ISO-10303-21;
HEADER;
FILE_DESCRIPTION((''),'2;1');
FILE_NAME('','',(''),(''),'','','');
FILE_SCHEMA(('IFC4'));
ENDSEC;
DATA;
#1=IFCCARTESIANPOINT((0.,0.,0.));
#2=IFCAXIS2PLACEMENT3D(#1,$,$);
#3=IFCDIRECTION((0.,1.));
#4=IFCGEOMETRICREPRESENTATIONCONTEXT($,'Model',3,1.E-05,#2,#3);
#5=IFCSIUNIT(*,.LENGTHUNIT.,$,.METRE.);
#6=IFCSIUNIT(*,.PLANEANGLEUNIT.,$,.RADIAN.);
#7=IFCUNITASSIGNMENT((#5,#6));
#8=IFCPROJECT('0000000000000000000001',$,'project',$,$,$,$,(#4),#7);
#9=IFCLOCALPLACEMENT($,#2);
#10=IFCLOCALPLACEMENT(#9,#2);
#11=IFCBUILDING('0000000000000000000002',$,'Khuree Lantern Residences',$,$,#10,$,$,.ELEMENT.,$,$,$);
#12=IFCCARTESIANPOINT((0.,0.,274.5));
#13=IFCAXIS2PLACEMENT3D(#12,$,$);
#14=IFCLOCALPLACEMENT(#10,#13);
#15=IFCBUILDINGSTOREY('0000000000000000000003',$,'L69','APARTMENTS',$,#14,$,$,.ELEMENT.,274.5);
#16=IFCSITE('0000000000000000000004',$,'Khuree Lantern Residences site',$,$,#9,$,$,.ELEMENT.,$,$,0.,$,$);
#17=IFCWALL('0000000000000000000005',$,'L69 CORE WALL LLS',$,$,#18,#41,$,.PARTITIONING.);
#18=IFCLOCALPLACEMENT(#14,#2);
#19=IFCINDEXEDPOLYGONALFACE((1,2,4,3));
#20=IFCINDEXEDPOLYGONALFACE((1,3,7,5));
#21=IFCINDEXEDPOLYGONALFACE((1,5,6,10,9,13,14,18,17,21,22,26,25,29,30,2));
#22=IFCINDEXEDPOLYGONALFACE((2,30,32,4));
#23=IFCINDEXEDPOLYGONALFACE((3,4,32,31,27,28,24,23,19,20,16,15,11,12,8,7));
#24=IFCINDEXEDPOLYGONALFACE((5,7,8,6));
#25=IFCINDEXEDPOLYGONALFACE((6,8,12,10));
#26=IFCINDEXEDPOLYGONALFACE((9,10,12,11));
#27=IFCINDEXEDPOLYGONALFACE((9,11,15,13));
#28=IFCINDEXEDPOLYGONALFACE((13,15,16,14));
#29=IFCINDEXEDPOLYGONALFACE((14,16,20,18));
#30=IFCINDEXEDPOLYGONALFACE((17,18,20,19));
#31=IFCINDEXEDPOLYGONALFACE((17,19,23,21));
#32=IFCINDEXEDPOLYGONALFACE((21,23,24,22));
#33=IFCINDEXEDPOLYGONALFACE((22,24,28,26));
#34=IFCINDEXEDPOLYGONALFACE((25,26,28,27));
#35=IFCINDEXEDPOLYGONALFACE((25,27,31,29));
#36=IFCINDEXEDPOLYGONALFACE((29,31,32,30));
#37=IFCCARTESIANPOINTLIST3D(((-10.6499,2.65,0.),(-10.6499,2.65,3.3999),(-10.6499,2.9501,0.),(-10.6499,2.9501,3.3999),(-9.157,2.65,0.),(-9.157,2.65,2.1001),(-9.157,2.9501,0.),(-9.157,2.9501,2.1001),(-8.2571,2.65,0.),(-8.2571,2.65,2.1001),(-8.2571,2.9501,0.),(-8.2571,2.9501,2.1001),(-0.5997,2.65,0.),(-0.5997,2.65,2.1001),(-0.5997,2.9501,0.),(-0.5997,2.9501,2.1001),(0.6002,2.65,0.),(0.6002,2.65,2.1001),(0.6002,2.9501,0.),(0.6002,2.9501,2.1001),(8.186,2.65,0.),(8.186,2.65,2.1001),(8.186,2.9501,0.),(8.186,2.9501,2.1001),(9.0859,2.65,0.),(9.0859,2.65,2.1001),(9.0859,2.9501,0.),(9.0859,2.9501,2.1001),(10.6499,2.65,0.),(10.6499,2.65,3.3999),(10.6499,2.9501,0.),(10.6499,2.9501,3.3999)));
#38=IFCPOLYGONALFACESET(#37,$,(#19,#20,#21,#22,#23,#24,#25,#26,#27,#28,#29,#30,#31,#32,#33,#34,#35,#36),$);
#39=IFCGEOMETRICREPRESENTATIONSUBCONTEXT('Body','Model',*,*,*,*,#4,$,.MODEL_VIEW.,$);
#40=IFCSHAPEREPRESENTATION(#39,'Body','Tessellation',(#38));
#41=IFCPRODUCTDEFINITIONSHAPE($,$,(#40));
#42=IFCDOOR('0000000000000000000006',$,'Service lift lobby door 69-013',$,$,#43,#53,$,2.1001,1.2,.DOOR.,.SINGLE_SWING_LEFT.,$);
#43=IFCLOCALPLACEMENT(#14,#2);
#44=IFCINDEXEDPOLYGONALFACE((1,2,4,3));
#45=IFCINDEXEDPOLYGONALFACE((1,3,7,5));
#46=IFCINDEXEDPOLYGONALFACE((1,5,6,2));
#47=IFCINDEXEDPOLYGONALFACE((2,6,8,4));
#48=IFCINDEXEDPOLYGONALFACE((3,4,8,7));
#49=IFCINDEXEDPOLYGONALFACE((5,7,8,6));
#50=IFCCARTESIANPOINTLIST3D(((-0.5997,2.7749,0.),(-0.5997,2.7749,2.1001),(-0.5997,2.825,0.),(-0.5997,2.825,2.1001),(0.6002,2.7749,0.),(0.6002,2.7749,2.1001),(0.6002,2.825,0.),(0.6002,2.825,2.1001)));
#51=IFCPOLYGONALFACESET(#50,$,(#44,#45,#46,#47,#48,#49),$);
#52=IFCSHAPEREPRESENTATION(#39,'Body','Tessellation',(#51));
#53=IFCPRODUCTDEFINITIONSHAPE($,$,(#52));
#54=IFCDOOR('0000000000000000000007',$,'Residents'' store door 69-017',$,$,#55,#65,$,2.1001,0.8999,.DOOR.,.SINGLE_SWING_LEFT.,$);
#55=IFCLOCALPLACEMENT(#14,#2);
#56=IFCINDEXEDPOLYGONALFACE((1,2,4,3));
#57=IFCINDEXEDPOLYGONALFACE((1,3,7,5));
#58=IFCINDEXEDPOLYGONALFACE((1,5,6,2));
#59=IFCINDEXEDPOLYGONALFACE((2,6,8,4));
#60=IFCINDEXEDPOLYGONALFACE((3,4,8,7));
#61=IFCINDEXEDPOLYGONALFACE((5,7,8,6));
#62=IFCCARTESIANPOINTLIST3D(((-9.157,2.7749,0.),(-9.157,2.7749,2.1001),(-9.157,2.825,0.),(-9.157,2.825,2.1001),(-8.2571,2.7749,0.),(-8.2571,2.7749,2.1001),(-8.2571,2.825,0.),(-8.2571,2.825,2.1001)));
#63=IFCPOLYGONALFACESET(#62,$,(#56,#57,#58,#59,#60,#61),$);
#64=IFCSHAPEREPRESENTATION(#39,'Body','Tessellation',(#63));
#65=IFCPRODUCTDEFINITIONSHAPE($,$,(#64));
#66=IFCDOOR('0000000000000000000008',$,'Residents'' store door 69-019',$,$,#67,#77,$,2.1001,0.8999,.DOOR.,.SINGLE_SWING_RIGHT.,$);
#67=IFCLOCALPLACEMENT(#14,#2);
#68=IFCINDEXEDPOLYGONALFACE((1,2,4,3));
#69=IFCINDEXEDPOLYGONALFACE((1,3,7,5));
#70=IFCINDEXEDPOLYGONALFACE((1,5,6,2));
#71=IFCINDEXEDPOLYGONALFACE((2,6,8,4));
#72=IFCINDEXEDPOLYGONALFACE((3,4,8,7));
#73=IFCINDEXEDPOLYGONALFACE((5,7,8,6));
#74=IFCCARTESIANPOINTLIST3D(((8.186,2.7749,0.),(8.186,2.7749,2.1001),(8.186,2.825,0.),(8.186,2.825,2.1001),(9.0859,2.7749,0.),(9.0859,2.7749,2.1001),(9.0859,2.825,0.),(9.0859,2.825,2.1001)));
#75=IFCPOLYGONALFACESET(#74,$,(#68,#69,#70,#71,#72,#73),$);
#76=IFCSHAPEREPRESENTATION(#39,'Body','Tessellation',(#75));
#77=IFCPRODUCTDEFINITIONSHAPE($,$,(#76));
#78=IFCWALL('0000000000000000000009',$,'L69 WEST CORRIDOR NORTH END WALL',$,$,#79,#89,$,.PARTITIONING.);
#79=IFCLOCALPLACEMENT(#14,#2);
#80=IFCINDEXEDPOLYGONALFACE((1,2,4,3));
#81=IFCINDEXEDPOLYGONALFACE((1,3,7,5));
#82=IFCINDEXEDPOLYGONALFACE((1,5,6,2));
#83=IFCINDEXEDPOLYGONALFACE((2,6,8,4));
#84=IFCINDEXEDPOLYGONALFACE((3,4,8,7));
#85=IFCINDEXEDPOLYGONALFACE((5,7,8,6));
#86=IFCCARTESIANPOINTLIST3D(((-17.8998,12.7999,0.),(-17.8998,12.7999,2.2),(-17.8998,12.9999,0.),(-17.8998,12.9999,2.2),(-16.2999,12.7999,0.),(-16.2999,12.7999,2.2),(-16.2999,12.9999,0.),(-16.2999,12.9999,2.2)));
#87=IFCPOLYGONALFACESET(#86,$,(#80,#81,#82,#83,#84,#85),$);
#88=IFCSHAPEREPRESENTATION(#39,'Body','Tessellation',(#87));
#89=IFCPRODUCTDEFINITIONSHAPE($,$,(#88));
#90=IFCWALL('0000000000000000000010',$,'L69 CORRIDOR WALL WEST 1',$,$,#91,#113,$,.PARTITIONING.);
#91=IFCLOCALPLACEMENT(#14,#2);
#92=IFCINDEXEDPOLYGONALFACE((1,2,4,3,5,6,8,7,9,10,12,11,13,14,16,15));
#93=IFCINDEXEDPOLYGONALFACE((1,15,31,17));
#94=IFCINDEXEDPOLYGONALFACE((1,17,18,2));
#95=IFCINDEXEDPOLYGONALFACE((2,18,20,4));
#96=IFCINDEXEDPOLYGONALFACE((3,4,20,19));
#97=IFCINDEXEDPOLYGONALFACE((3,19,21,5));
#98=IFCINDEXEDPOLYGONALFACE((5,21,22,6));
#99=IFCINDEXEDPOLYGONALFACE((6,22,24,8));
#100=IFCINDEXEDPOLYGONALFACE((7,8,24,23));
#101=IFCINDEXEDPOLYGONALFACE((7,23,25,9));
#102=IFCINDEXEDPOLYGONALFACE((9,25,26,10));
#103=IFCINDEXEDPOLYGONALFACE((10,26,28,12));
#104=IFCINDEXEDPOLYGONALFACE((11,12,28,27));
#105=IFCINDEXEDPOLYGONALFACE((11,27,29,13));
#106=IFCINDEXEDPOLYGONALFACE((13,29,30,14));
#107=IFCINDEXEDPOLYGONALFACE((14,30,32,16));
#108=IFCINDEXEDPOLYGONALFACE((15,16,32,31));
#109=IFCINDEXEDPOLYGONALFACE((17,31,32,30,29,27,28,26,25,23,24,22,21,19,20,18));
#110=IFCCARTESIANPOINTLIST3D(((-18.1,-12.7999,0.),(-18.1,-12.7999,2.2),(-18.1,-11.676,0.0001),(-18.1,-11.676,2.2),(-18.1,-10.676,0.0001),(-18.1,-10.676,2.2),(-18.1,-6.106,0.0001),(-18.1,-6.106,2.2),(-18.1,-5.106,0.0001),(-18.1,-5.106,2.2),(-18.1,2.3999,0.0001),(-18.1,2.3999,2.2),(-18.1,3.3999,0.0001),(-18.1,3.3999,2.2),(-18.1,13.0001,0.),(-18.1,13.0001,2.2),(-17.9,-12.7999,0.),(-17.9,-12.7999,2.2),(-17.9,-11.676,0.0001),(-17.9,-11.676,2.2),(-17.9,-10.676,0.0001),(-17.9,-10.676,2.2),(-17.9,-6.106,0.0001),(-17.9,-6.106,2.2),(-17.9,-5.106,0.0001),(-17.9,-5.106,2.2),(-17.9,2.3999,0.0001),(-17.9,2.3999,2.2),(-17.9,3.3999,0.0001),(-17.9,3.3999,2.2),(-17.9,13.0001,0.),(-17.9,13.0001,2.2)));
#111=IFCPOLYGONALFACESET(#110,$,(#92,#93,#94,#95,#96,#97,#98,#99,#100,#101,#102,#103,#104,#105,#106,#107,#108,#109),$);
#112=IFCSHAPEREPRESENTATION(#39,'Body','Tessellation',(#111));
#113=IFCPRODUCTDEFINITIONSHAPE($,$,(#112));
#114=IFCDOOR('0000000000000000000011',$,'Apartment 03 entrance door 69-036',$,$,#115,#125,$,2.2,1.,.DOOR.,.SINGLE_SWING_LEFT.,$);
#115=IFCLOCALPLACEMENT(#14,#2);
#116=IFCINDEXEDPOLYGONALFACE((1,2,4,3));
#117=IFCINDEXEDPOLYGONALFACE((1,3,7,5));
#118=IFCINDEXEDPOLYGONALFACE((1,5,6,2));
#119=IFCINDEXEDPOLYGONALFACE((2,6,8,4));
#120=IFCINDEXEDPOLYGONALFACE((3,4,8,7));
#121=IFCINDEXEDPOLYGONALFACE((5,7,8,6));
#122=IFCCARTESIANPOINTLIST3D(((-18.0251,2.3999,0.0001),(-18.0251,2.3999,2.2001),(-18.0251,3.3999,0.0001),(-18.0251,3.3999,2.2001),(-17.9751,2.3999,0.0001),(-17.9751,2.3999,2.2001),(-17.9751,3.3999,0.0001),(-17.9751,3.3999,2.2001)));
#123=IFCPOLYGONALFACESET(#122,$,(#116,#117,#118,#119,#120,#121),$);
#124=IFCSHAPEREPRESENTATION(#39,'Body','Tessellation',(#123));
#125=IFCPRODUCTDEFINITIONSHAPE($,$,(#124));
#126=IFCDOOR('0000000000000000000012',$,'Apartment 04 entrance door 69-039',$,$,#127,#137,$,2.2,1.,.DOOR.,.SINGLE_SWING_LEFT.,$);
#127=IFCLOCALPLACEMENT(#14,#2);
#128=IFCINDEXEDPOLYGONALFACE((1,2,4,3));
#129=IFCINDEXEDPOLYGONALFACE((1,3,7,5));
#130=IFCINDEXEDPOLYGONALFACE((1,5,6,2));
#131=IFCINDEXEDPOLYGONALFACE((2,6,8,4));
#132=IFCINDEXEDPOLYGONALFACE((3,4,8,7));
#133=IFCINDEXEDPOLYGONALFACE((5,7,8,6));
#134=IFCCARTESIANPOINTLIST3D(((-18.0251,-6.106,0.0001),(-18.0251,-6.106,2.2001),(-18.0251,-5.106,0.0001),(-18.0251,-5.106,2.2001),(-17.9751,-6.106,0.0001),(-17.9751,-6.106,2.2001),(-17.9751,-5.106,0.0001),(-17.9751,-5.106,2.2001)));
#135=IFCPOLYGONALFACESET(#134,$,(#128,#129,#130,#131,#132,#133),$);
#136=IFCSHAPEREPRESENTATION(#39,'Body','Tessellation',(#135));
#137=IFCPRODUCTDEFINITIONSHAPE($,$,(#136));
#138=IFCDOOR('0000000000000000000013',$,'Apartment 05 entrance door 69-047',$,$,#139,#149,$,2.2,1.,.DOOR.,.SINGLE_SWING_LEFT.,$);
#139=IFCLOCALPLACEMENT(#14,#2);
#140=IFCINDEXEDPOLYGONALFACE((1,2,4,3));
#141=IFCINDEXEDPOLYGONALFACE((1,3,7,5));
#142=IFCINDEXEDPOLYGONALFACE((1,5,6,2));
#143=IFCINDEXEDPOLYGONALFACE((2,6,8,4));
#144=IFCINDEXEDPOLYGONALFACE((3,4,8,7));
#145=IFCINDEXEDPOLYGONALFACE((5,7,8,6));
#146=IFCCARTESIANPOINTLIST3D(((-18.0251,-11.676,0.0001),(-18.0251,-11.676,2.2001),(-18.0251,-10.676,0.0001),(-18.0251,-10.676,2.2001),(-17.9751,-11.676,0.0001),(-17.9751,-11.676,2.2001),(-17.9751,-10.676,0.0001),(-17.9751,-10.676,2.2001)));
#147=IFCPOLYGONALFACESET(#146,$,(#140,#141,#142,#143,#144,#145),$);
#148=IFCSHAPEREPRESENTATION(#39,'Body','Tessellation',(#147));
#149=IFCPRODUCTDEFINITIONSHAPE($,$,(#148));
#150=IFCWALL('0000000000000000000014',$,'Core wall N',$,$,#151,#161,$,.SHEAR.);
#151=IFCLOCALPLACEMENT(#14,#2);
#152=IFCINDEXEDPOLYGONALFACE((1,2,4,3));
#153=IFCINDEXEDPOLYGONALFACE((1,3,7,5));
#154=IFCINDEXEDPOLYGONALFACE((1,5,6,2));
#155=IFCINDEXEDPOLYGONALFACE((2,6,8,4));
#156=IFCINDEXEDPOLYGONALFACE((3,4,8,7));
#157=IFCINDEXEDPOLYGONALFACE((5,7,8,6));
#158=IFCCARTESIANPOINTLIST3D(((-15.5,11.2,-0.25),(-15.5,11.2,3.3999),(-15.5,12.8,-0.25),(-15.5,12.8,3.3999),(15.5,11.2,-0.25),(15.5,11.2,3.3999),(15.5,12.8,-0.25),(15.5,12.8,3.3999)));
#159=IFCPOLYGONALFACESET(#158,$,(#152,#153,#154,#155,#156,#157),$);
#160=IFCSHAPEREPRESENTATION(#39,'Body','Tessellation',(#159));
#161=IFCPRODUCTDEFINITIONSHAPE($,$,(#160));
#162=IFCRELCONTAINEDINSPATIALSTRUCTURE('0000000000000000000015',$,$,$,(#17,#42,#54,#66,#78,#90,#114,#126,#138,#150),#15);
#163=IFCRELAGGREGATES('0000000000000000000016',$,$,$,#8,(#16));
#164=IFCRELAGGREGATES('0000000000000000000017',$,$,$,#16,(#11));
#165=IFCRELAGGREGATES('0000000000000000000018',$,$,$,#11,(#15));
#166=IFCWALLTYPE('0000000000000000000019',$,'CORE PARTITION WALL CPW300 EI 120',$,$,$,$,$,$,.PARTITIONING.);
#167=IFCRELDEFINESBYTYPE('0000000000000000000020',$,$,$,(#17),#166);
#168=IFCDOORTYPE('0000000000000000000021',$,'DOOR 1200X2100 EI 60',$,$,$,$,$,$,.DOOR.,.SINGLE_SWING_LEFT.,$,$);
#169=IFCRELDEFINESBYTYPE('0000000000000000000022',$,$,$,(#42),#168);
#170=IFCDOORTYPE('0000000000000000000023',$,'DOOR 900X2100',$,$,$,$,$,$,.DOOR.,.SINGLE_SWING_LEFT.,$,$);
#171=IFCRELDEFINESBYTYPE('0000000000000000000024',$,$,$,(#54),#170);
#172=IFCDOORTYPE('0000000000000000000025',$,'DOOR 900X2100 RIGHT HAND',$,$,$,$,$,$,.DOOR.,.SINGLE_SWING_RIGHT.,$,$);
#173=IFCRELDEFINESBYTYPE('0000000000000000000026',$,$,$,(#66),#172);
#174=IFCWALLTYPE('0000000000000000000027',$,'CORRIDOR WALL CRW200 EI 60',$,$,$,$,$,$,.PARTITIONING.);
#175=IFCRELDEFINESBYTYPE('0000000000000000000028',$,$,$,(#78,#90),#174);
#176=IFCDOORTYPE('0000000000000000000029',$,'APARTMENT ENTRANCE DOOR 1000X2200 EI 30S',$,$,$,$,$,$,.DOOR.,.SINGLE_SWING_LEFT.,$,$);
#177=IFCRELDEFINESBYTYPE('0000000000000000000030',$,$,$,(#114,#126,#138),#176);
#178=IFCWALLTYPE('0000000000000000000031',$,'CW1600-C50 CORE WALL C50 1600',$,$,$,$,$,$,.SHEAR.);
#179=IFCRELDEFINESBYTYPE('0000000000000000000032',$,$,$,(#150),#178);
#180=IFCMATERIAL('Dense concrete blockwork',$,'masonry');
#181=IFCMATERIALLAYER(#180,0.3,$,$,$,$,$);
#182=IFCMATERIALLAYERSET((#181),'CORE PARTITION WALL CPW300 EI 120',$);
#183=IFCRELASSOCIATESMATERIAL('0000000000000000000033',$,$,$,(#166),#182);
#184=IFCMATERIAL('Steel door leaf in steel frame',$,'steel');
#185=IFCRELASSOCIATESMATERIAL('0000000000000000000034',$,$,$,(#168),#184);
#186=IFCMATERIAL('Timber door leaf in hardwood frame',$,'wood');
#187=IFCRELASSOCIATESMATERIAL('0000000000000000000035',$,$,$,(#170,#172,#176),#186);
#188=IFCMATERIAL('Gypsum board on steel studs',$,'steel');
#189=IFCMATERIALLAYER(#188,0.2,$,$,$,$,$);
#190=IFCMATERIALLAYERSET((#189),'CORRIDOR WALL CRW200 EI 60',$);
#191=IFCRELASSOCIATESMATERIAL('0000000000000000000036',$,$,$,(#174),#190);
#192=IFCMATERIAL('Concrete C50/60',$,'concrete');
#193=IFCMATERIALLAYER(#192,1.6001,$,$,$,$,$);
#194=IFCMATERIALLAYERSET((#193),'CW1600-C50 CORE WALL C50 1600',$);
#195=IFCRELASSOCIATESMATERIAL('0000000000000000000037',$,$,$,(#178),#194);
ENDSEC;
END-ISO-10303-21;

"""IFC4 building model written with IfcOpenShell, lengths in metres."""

from ifc_helpers import new_model, si_unit, direction, frame, frame_2d, origin, place, context, subcontext, project, spatial, rectangle, extrude, material, layer, layer_set, type_object, element, fill, save


model = new_model("IFC4")

# Units and contexts
model_context = context("Model", 3, precision=1e-05, world=origin(), true_north=direction((0.0, 1.0)))
body_context = subcontext(model_context, "Body", "Model", "MODEL_VIEW")
ifc_project = project(units=[si_unit("LENGTHUNIT", "METRE"), si_unit("PLANEANGLEUNIT", "RADIAN")], contexts=[model_context])

# Site, building, storey
site_placement = place(None, origin())
site = spatial("IfcSite", under=ifc_project, at=site_placement, Name="Khuree Lantern Residences site", CompositionType="ELEMENT", RefElevation=0.0)
building_placement = place(site_placement, origin())
building = spatial("IfcBuilding", under=site, at=building_placement, Name="Khuree Lantern Residences", CompositionType="ELEMENT")
storey_placement = place(building_placement, frame((0.0, 0.0, 274.5)))
storey = spatial("IfcBuildingStorey", under=building, at=storey_placement, Name="L69", Description="APARTMENTS", CompositionType="ELEMENT", Elevation=274.5)

# Shared definitions
ifc_material_1 = material(Name="Concrete C50/60", Category="concrete")

# Shared definitions
ifc_material_2 = material(Name="Dense concrete blockwork", Category="masonry")
ifc_layer_1 = layer(ifc_material_2, 0.3)
ifc_layer_set_1 = layer_set([ifc_layer_1], Name="CORE PARTITION WALL CPW300 EI 120")
wall_type_1 = type_object("IfcWallType", Name="CORE PARTITION WALL CPW300 EI 120", PredefinedType="PARTITIONING", material=ifc_layer_set_1)

# Wall, openings, doors
wall_1_placement = place(storey_placement, frame((-10.6499, 2.8, 0.0), z_axis=(0.0, 0.0, 1.0), x_axis=(1.0, 0.0, 0.0)))
wall_1 = element("IfcWall", 1, at=wall_1_placement, inside=storey, type_object=wall_type_1, Name="L69 CORE WALL LLS", PredefinedType="PARTITIONING", context=body_context, shape_type="SweptSolid", body=[
    extrude(rectangle(XDim=21.2998, YDim=0.3, at=frame_2d((10.6499, 0.0))), origin(), (0.0, 0.0, 1.0), 3.3999),
])
opening_1_placement = place(wall_1_placement, frame((10.05, 0.0, 0.0)))
opening_1 = element("IfcOpeningElement", 2, at=opening_1_placement, cuts=wall_1, PredefinedType="OPENING", context=body_context, shape_type="SweptSolid", body=[
    extrude(rectangle(XDim=1.2, YDim=2.1001, at=frame_2d((0.6001, 1.05))), frame((0.0, 0.1602, 0.0), z_axis=(0.0, -1.0, 0.0), x_axis=(1.0, 0.0, 0.0)), (0.0, 0.0, 1.0), 0.3201),
])
opening_2_placement = place(wall_1_placement, frame((1.4929, 0.0, 0.0)))
opening_2 = element("IfcOpeningElement", 3, at=opening_2_placement, cuts=wall_1, PredefinedType="OPENING", context=body_context, shape_type="SweptSolid", body=[
    extrude(rectangle(XDim=0.8999, YDim=2.1001, at=frame_2d((0.45, 1.05))), frame((0.0, 0.1602, 0.0), z_axis=(0.0, -1.0, 0.0), x_axis=(1.0, 0.0, 0.0)), (0.0, 0.0, 1.0), 0.3201),
])
opening_3_placement = place(wall_1_placement, frame((18.8359, 0.0, 0.0)))
opening_3 = element("IfcOpeningElement", 4, at=opening_3_placement, cuts=wall_1, PredefinedType="OPENING", context=body_context, shape_type="SweptSolid", body=[
    extrude(rectangle(XDim=0.8999, YDim=2.1001, at=frame_2d((0.45, 1.05))), frame((0.0, 0.1602, 0.0), z_axis=(0.0, -1.0, 0.0), x_axis=(1.0, 0.0, 0.0)), (0.0, 0.0, 1.0), 0.3201),
])
ifc_material_3 = material(Name="Steel door leaf in steel frame", Category="steel")
door_type_1 = type_object("IfcDoorType", Name="DOOR 1200X2100 EI 60", OperationType="SINGLE_SWING_LEFT", PredefinedType="DOOR", material=ifc_material_3)
door_1_placement = place(opening_1_placement, origin())
door_1 = element("IfcDoor", 5, at=door_1_placement, inside=storey, type_object=door_type_1, Name="Service lift lobby door 69-013", OperationType="SINGLE_SWING_LEFT", OverallHeight=2.1001, OverallWidth=1.2, PredefinedType="DOOR", context=body_context, shape_type="SweptSolid", body=[
    extrude(rectangle(XDim=1.2, YDim=2.1001, at=frame_2d((0.6001, 1.05))), frame((0.0, 0.0249, 0.0), z_axis=(0.0, -1.0, 0.0), x_axis=(1.0, 0.0, 0.0)), (0.0, 0.0, 1.0), 0.05),
])
fill(opening_1, door_1)
ifc_material_4 = material(Name="Timber door leaf in hardwood frame", Category="wood")
door_type_2 = type_object("IfcDoorType", Name="DOOR 900X2100", OperationType="SINGLE_SWING_LEFT", PredefinedType="DOOR", material=ifc_material_4)
door_2_placement = place(opening_2_placement, origin())
door_2 = element("IfcDoor", 6, at=door_2_placement, inside=storey, type_object=door_type_2, Name="Residents' store door 69-017", OperationType="SINGLE_SWING_LEFT", OverallHeight=2.1001, OverallWidth=0.8999, PredefinedType="DOOR", context=body_context, shape_type="SweptSolid", body=[
    extrude(rectangle(XDim=0.8999, YDim=2.1001, at=frame_2d((0.45, 1.05))), frame((0.0, 0.0249, 0.0), z_axis=(0.0, -1.0, 0.0), x_axis=(1.0, 0.0, 0.0)), (0.0, 0.0, 1.0), 0.05),
])
fill(opening_2, door_2)
door_type_3 = type_object("IfcDoorType", Name="DOOR 900X2100 RIGHT HAND", OperationType="SINGLE_SWING_RIGHT", PredefinedType="DOOR", material=ifc_material_4)
door_3_placement = place(opening_3_placement, origin())
door_3 = element("IfcDoor", 7, at=door_3_placement, inside=storey, type_object=door_type_3, Name="Residents' store door 69-019", OperationType="SINGLE_SWING_RIGHT", OverallHeight=2.1001, OverallWidth=0.8999, PredefinedType="DOOR", context=body_context, shape_type="SweptSolid", body=[
    extrude(rectangle(XDim=0.8999, YDim=2.1001, at=frame_2d((0.45, 1.05))), frame((0.0, 0.0249, 0.0), z_axis=(0.0, -1.0, 0.0), x_axis=(1.0, 0.0, 0.0)), (0.0, 0.0, 1.0), 0.05),
])
fill(opening_3, door_3)

# Wall
ifc_material_5 = material(Name="Gypsum board on steel studs", Category="steel")
ifc_layer_2 = layer(ifc_material_5, 0.2)
ifc_layer_set_2 = layer_set([ifc_layer_2], Name="CORRIDOR WALL CRW200 EI 60")
wall_type_2 = type_object("IfcWallType", Name="CORRIDOR WALL CRW200 EI 60", PredefinedType="PARTITIONING", material=ifc_layer_set_2)
wall_2_placement = place(storey_placement, frame((-16.3, 12.8999, 0.0), z_axis=(0.0, 0.0, 1.0), x_axis=(-1.0, 0.0, 0.0)))
element("IfcWall", 8, at=wall_2_placement, inside=storey, type_object=wall_type_2, Name="L69 WEST CORRIDOR NORTH END WALL", PredefinedType="PARTITIONING", context=body_context, shape_type="SweptSolid", body=[
    extrude(rectangle(XDim=1.5999, YDim=0.2, at=frame_2d((0.7998, 0.0))), origin(), (0.0, 0.0, 1.0), 2.2),
])

# Wall, openings, doors
wall_3_placement = place(storey_placement, frame((-18.0, 13.0, 0.0), z_axis=(0.0, 0.0, 1.0), x_axis=(0.0, -1.0, 0.0)))
wall_3 = element("IfcWall", 9, at=wall_3_placement, inside=storey, type_object=wall_type_2, Name="L69 CORRIDOR WALL WEST 1", PredefinedType="PARTITIONING", context=body_context, shape_type="SweptSolid", body=[
    extrude(rectangle(XDim=25.8, YDim=0.2, at=frame_2d((12.8999, 0.0))), origin(), (0.0, 0.0, 1.0), 2.2),
])
opening_4_placement = place(wall_3_placement, frame((9.6001, 0.0, 0.0)))
opening_4 = element("IfcOpeningElement", 10, at=opening_4_placement, cuts=wall_3, PredefinedType="OPENING", context=body_context, shape_type="SweptSolid", body=[
    extrude(rectangle(XDim=1.0, YDim=2.2, at=frame_2d((0.5, 1.1001))), frame((0.0, 0.1099, 0.0), z_axis=(0.0, -1.0, 0.0), x_axis=(1.0, 0.0, 0.0)), (0.0, 0.0, 1.0), 0.22),
])
opening_5_placement = place(wall_3_placement, frame((18.106, 0.0, 0.0)))
opening_5 = element("IfcOpeningElement", 11, at=opening_5_placement, cuts=wall_3, PredefinedType="OPENING", context=body_context, shape_type="SweptSolid", body=[
    extrude(rectangle(XDim=1.0, YDim=2.2, at=frame_2d((0.5, 1.1001))), frame((0.0, 0.1099, 0.0), z_axis=(0.0, -1.0, 0.0), x_axis=(1.0, 0.0, 0.0)), (0.0, 0.0, 1.0), 0.22),
])
opening_6_placement = place(wall_3_placement, frame((23.676, 0.0, 0.0)))
opening_6 = element("IfcOpeningElement", 12, at=opening_6_placement, cuts=wall_3, PredefinedType="OPENING", context=body_context, shape_type="SweptSolid", body=[
    extrude(rectangle(XDim=1.0, YDim=2.2, at=frame_2d((0.5, 1.1001))), frame((0.0, 0.1099, 0.0), z_axis=(0.0, -1.0, 0.0), x_axis=(1.0, 0.0, 0.0)), (0.0, 0.0, 1.0), 0.22),
])
door_type_4 = type_object("IfcDoorType", Name="APARTMENT ENTRANCE DOOR 1000X2200 EI 30S", OperationType="SINGLE_SWING_LEFT", PredefinedType="DOOR", material=ifc_material_4)
door_4_placement = place(opening_4_placement, origin())
door_4 = element("IfcDoor", 13, at=door_4_placement, inside=storey, type_object=door_type_4, Name="Apartment 03 entrance door 69-036", OperationType="SINGLE_SWING_LEFT", OverallHeight=2.2, OverallWidth=1.0, PredefinedType="DOOR", context=body_context, shape_type="SweptSolid", body=[
    extrude(rectangle(XDim=1.0, YDim=2.2, at=frame_2d((0.5, 1.1001))), frame((0.0, 0.0249, 0.0), z_axis=(0.0, -1.0, 0.0), x_axis=(1.0, 0.0, 0.0)), (0.0, 0.0, 1.0), 0.05),
])
fill(opening_4, door_4)
door_5_placement = place(opening_5_placement, origin())
door_5 = element("IfcDoor", 14, at=door_5_placement, inside=storey, type_object=door_type_4, Name="Apartment 04 entrance door 69-039", OperationType="SINGLE_SWING_LEFT", OverallHeight=2.2, OverallWidth=1.0, PredefinedType="DOOR", context=body_context, shape_type="SweptSolid", body=[
    extrude(rectangle(XDim=1.0, YDim=2.2, at=frame_2d((0.5, 1.1001))), frame((0.0, 0.0249, 0.0), z_axis=(0.0, -1.0, 0.0), x_axis=(1.0, 0.0, 0.0)), (0.0, 0.0, 1.0), 0.05),
])
fill(opening_5, door_5)
door_6_placement = place(opening_6_placement, origin())
door_6 = element("IfcDoor", 15, at=door_6_placement, inside=storey, type_object=door_type_4, Name="Apartment 05 entrance door 69-047", OperationType="SINGLE_SWING_LEFT", OverallHeight=2.2, OverallWidth=1.0, PredefinedType="DOOR", context=body_context, shape_type="SweptSolid", body=[
    extrude(rectangle(XDim=1.0, YDim=2.2, at=frame_2d((0.5, 1.1001))), frame((0.0, 0.0249, 0.0), z_axis=(0.0, -1.0, 0.0), x_axis=(1.0, 0.0, 0.0)), (0.0, 0.0, 1.0), 0.05),
])
fill(opening_6, door_6)

# Wall
ifc_layer_3 = layer(ifc_material_1, 1.6001)
ifc_layer_set_3 = layer_set([ifc_layer_3], Name="CW1600-C50 CORE WALL C50 1600")
wall_type_3 = type_object("IfcWallType", Name="CW1600-C50 CORE WALL C50 1600", PredefinedType="SHEAR", material=ifc_layer_set_3)
wall_4_placement = place(storey_placement, frame((-15.5, 12.0, -0.25), z_axis=(0.0, 0.0, 1.0), x_axis=(1.0, 0.0, 0.0)))
element("IfcWall", 16, at=wall_4_placement, inside=storey, type_object=wall_type_3, Name="Core wall N", PredefinedType="SHEAR", context=body_context, shape_type="SweptSolid", body=[
    extrude(rectangle(XDim=31.0, YDim=1.6001, at=frame_2d((15.5, 0.0))), origin(), (0.0, 0.0, 1.0), 3.6499),
])

save(model, "model.ifc")
